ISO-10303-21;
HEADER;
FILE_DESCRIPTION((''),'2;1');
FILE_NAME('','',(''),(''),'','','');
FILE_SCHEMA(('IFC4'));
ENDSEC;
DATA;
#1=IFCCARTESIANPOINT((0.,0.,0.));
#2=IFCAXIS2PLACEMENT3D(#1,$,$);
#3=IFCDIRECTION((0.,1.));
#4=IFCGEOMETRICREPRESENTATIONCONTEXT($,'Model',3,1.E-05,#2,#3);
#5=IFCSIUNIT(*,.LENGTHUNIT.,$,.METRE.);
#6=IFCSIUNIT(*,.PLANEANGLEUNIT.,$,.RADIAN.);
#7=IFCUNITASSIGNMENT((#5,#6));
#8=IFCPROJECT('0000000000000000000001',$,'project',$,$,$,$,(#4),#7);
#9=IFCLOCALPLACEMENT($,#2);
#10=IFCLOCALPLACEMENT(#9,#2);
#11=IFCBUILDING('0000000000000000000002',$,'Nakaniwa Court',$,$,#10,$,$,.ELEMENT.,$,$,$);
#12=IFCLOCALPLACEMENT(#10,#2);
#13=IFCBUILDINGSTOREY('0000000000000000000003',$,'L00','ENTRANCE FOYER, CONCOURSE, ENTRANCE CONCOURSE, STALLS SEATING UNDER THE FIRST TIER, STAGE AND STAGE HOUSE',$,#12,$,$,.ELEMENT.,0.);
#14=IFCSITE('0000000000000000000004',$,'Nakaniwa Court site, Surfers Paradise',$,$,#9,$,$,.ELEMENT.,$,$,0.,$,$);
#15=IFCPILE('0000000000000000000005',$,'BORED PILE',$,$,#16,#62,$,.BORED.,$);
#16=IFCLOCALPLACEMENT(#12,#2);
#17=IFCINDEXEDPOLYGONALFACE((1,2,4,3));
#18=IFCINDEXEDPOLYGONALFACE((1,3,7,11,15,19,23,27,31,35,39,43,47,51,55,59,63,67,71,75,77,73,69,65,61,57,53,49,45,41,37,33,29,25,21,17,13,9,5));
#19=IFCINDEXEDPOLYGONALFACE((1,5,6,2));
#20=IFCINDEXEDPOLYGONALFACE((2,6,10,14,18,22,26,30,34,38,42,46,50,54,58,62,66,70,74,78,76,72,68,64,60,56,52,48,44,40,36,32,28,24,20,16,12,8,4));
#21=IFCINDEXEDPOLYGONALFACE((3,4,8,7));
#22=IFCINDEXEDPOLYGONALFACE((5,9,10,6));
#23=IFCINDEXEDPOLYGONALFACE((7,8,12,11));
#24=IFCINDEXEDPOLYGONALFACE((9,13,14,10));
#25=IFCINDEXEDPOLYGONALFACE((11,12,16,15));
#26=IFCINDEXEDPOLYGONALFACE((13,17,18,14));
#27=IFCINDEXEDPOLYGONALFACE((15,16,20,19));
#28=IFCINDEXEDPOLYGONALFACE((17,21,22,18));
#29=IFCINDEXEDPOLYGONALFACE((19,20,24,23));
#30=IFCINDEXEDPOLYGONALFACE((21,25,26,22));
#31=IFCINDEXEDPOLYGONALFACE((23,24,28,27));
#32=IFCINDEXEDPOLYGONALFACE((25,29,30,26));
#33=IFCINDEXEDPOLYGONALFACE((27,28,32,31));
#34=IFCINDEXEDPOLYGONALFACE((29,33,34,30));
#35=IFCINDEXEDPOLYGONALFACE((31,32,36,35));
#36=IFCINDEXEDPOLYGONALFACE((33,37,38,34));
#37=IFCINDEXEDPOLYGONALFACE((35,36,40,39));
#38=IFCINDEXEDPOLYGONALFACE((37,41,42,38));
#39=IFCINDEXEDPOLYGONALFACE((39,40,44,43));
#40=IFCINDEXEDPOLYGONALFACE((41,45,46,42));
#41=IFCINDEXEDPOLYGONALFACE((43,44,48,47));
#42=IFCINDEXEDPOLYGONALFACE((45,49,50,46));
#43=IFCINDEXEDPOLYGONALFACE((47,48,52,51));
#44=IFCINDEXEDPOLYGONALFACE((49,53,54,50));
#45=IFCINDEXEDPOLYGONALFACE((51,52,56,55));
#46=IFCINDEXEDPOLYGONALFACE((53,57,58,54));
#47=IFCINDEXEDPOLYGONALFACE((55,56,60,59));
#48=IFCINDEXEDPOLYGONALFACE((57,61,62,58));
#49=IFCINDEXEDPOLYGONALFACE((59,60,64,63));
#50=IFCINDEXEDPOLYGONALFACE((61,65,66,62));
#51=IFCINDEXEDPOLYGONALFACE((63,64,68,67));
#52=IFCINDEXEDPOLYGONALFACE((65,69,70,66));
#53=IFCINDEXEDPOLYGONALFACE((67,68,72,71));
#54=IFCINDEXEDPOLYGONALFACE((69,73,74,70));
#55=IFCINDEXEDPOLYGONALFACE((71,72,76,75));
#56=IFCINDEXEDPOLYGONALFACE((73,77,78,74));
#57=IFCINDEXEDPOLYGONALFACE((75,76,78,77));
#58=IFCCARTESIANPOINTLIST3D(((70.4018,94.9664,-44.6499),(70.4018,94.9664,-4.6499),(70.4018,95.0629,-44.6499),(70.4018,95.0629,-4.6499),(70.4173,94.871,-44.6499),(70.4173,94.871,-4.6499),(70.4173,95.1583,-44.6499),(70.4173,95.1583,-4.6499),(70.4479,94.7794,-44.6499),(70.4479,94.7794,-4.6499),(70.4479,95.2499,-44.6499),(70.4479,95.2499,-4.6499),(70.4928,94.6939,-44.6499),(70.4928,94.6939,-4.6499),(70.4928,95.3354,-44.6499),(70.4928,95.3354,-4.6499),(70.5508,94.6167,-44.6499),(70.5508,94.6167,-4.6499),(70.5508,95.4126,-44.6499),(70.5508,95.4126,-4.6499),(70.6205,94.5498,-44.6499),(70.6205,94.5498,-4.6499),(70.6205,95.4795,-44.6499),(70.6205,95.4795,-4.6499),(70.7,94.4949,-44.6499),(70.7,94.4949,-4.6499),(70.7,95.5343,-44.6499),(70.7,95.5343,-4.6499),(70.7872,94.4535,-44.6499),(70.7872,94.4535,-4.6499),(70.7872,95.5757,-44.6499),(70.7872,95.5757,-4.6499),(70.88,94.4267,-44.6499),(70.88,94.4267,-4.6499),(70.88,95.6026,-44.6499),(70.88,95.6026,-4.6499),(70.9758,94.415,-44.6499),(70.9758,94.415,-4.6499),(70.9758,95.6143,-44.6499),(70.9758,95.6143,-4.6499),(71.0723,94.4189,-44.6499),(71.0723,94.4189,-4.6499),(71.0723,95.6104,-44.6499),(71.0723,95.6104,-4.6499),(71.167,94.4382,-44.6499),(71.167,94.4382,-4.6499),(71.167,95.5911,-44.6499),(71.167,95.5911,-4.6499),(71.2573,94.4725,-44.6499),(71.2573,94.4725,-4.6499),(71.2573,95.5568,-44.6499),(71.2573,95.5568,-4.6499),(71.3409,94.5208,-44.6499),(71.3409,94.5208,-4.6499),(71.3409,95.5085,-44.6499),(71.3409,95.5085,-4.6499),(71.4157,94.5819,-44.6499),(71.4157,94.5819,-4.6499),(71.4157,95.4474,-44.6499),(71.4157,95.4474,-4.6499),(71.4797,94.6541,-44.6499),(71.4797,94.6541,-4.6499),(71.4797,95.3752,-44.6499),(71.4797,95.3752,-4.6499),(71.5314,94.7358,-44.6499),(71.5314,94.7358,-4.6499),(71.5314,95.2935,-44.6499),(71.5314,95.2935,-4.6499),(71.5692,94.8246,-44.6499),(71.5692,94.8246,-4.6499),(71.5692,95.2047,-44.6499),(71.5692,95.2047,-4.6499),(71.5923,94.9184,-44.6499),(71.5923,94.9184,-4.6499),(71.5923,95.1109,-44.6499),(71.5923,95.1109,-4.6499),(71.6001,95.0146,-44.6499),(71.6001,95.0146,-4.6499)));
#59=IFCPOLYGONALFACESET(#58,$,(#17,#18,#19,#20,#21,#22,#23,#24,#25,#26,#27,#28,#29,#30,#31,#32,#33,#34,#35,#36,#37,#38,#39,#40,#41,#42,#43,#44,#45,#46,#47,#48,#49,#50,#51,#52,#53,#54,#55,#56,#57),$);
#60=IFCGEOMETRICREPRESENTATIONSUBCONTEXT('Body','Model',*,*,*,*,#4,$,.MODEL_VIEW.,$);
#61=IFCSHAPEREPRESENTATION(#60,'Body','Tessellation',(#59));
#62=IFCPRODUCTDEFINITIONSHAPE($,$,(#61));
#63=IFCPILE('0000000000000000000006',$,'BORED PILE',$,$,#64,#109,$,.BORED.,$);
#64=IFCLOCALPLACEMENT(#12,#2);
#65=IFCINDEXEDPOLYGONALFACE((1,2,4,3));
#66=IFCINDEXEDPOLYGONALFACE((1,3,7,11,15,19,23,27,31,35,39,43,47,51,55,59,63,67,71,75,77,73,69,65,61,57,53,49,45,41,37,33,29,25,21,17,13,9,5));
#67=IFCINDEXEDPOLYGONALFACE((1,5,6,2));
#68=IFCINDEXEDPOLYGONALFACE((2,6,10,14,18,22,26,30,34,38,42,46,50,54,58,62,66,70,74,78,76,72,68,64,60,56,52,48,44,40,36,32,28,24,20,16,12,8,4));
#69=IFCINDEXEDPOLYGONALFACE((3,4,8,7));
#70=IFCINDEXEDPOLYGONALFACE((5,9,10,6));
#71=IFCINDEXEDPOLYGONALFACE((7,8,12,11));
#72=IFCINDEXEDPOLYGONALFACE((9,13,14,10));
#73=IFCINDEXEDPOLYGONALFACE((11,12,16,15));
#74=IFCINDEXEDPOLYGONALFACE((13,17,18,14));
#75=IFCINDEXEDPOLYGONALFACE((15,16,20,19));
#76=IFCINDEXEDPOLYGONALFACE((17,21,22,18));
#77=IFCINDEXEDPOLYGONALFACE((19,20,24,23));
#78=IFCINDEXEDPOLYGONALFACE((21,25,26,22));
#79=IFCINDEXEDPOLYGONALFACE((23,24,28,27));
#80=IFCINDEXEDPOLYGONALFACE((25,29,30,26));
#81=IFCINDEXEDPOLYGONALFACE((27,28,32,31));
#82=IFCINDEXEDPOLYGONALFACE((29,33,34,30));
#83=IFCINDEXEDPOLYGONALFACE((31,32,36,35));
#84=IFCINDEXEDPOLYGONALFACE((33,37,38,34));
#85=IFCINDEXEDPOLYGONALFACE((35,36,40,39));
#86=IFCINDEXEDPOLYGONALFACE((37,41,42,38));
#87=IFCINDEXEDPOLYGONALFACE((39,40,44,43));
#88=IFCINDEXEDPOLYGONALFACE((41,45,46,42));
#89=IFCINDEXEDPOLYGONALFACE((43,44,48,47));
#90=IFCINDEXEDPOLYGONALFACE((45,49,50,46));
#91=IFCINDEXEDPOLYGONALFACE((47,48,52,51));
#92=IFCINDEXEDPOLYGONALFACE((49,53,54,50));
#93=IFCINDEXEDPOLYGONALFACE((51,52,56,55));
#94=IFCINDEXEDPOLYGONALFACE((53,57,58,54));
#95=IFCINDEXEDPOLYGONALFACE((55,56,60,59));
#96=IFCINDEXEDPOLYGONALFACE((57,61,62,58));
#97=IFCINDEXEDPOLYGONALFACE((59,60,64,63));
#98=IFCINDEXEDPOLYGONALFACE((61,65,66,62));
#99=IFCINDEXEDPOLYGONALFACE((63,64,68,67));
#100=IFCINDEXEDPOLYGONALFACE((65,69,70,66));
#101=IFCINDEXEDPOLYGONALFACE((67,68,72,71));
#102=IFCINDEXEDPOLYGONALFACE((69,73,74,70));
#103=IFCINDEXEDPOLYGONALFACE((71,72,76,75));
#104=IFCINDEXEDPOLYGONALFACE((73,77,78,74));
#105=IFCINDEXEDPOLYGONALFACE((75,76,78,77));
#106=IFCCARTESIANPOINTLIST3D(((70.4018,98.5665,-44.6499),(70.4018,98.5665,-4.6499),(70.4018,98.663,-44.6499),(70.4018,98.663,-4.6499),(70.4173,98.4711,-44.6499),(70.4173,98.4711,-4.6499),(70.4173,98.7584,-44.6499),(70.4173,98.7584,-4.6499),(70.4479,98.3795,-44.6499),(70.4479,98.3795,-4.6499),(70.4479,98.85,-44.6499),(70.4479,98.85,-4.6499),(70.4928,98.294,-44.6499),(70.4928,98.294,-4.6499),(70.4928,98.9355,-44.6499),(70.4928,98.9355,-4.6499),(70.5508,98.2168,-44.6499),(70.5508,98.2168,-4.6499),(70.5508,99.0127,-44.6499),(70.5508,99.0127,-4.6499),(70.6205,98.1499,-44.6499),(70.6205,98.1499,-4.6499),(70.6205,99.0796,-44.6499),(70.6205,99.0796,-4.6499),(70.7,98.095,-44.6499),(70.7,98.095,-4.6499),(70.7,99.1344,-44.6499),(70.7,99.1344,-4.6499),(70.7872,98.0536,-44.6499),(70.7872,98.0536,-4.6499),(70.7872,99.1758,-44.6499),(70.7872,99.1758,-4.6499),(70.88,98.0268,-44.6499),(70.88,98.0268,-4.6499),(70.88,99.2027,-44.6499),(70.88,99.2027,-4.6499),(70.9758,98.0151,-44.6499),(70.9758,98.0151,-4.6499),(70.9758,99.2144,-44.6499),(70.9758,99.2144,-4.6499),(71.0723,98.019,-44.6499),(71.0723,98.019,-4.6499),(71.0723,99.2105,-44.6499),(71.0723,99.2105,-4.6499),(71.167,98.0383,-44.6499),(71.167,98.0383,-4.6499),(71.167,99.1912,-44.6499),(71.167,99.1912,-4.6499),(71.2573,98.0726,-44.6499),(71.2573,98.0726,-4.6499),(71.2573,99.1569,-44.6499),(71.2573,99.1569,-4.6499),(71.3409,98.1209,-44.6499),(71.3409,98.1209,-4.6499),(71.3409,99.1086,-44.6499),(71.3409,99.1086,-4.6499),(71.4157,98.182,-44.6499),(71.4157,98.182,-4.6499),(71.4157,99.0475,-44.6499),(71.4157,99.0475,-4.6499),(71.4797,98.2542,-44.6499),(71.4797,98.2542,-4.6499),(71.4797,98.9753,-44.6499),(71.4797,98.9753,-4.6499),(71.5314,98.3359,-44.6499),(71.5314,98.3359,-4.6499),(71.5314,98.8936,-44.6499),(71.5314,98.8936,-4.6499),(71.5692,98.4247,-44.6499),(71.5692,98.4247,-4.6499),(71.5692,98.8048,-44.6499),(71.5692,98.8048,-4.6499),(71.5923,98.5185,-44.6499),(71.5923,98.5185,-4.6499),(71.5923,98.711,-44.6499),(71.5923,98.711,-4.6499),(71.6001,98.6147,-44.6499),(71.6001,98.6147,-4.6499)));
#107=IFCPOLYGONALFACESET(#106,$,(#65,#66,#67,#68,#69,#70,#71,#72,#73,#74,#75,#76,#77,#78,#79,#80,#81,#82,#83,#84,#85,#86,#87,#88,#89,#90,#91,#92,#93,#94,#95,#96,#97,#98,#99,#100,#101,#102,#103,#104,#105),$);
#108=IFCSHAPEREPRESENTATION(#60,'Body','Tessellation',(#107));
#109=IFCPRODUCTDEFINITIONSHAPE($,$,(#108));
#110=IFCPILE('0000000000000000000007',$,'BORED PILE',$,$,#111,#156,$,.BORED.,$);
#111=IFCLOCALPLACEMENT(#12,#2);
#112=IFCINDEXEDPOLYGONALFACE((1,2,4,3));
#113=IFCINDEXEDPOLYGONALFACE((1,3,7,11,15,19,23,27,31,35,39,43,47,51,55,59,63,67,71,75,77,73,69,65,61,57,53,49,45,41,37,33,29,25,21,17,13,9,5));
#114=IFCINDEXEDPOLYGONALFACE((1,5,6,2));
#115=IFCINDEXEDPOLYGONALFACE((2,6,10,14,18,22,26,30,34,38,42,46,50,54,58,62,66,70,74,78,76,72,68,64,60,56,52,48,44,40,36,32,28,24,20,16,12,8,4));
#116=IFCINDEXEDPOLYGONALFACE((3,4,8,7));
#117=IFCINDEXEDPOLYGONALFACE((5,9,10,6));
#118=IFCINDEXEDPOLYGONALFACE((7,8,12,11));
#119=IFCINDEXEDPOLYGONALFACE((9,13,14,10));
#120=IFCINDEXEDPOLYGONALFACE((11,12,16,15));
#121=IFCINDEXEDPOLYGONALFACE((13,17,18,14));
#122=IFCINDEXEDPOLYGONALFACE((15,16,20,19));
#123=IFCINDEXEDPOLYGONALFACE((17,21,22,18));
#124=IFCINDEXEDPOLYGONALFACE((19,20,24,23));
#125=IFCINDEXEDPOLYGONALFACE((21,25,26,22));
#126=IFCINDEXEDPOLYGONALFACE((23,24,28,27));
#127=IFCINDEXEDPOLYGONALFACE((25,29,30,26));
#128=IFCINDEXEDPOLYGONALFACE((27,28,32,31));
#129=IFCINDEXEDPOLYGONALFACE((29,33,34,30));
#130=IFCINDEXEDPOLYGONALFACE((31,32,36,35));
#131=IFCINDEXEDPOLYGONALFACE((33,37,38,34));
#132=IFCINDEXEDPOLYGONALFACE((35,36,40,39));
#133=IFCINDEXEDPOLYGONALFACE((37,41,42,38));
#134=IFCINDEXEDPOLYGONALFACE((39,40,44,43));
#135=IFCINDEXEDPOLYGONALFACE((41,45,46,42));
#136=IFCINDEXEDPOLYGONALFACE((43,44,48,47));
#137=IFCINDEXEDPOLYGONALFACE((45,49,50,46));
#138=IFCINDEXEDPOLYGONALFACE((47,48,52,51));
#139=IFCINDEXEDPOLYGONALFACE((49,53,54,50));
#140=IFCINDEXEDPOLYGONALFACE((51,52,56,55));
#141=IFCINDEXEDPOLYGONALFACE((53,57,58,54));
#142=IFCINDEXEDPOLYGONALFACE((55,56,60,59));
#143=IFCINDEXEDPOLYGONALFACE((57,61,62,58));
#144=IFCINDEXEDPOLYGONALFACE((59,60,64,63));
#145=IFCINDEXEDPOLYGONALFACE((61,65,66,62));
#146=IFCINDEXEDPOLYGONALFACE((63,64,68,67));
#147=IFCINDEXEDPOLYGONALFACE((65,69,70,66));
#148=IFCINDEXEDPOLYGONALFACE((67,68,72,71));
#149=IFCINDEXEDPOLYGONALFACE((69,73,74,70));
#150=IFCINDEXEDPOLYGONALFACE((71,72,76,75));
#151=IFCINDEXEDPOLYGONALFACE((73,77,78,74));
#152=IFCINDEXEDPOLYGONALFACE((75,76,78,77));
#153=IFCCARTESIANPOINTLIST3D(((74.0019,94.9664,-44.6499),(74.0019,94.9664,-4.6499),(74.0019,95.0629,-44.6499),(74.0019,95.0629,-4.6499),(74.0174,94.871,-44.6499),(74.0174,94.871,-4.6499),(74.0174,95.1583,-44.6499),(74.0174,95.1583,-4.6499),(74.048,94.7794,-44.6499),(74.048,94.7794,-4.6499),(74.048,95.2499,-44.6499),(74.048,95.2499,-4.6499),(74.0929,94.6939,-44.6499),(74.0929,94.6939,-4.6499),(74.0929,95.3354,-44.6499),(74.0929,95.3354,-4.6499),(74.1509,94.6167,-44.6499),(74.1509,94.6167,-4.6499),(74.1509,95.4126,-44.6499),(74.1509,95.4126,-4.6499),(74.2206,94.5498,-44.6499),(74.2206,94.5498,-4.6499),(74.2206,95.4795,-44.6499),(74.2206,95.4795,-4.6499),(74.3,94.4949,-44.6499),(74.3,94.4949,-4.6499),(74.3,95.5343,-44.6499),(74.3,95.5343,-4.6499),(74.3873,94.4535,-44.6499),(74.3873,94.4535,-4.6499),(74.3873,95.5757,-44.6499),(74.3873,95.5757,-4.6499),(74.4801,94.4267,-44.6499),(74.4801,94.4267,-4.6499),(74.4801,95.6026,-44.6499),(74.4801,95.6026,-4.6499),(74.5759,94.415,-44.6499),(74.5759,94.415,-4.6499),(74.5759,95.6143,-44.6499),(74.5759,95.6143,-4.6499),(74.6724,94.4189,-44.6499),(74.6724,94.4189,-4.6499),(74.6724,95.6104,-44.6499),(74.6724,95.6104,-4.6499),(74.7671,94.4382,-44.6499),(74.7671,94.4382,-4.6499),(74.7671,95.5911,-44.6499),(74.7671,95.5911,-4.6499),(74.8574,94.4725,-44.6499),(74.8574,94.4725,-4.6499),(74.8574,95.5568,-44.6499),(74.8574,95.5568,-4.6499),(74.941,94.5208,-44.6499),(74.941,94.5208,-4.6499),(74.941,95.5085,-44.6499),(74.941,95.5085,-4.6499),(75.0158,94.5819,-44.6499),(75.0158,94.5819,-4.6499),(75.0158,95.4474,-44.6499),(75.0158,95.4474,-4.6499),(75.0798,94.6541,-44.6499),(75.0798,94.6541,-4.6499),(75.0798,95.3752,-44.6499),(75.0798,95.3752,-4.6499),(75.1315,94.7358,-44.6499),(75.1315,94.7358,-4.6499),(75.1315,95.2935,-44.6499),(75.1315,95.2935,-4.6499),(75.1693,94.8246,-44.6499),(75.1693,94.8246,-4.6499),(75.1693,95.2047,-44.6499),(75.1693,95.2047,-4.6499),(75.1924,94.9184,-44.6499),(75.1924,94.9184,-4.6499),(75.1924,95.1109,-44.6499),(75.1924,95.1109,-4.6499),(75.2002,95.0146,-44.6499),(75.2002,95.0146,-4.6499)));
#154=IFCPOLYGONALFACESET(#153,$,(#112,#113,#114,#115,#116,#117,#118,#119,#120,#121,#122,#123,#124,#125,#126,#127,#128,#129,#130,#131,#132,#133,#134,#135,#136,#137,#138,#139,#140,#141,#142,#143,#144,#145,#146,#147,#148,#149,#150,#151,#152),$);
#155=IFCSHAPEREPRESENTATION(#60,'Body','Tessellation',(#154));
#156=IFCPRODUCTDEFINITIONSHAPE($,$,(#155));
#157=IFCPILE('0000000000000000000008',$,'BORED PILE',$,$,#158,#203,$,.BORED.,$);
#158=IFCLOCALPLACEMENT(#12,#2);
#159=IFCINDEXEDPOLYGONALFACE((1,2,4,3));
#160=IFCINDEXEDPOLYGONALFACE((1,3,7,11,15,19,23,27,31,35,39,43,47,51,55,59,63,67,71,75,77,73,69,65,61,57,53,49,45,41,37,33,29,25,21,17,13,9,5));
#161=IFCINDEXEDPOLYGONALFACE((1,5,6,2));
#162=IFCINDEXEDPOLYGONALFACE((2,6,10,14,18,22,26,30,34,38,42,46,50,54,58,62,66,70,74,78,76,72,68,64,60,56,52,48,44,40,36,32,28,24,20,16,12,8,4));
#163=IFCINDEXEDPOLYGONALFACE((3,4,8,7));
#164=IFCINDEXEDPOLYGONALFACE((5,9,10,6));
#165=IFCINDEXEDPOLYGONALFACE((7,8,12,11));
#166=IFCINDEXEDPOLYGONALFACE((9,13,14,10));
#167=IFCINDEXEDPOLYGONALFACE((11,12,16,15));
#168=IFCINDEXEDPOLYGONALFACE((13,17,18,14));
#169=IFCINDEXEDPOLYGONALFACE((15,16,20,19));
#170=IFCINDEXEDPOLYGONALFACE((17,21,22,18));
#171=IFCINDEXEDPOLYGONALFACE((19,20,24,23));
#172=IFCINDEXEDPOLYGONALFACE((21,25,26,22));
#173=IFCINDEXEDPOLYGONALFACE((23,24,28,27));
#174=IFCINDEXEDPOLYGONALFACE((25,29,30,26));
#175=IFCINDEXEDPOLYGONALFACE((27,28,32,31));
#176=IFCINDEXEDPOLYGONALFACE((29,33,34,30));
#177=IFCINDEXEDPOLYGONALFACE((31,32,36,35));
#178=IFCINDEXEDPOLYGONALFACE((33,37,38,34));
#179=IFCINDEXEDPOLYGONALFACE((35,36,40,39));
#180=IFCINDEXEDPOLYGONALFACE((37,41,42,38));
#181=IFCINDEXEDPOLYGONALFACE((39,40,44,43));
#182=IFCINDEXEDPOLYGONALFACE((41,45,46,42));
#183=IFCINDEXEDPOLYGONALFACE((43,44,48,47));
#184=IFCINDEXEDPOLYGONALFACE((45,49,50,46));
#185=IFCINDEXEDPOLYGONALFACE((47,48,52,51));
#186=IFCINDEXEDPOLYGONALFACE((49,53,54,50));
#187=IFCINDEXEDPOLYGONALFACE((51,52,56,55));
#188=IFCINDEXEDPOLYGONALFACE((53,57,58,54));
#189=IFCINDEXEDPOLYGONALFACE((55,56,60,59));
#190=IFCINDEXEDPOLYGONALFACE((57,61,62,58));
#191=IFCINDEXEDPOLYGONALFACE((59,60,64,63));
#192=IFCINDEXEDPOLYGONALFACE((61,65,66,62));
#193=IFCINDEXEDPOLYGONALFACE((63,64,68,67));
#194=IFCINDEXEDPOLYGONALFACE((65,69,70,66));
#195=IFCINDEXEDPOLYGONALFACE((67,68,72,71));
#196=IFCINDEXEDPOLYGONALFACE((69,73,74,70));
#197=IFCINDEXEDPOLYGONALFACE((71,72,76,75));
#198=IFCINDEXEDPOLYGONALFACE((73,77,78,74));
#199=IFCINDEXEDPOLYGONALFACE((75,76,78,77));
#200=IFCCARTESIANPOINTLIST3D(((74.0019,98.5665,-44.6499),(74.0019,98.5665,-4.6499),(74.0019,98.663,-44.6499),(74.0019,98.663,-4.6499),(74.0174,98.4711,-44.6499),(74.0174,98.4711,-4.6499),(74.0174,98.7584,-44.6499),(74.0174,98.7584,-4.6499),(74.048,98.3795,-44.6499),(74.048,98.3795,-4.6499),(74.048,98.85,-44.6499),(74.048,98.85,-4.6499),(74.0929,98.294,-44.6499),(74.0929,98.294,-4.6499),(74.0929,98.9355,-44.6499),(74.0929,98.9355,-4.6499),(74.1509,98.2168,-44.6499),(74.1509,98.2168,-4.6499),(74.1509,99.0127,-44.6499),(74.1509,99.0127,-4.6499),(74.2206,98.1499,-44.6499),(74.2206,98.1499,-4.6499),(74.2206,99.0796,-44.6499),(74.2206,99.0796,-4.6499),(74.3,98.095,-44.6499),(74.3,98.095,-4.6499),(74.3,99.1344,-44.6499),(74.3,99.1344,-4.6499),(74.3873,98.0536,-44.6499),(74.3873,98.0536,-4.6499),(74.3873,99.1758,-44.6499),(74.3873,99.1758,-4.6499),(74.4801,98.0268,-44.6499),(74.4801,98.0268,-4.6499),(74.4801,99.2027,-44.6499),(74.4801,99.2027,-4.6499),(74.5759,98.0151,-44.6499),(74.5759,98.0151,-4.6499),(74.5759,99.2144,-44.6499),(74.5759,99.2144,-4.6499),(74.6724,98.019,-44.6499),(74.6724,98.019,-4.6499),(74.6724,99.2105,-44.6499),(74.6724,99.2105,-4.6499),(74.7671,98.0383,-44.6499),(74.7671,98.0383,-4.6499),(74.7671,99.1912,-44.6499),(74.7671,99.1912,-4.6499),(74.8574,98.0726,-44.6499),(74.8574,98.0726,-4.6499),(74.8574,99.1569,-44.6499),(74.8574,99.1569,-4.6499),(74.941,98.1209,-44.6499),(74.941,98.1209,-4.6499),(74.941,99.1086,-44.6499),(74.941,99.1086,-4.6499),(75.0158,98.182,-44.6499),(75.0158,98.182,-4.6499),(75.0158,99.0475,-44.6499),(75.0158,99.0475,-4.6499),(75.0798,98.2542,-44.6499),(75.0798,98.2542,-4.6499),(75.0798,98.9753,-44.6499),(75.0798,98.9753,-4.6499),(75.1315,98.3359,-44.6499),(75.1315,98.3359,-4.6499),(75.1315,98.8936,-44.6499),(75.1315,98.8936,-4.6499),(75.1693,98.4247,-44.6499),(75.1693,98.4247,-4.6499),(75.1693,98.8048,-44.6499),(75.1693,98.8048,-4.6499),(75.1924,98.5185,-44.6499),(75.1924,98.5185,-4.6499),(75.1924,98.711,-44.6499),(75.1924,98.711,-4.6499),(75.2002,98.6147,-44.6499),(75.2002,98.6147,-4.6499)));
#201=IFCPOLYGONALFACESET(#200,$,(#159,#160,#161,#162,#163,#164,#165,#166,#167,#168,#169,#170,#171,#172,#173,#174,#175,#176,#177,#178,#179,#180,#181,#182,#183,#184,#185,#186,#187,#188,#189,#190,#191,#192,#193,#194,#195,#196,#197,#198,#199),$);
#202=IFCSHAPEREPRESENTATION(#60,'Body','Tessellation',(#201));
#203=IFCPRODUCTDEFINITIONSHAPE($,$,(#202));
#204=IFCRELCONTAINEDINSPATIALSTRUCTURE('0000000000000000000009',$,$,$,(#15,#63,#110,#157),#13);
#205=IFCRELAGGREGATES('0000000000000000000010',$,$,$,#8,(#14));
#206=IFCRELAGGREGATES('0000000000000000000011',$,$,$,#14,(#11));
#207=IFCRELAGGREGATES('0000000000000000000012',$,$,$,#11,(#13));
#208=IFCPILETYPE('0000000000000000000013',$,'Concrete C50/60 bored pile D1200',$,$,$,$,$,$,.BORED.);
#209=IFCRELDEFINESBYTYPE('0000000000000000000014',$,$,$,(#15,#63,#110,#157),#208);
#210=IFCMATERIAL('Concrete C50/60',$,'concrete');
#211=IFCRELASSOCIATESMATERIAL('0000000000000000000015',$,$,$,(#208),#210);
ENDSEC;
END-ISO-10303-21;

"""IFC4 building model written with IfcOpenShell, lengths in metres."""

from ifc_helpers import new_model, si_unit, direction, frame, origin, origin_2d, place, context, subcontext, project, spatial, circle, extrude, material, material_profile, profile_set, type_object, element, save


model = new_model("IFC4")

# Units and contexts
model_context = context("Model", 3, precision=1e-05, world=origin(), true_north=direction((0.0, 1.0)))
body_context = subcontext(model_context, "Body", "Model", "MODEL_VIEW")
ifc_project = project(units=[si_unit("LENGTHUNIT", "METRE"), si_unit("PLANEANGLEUNIT", "RADIAN")], contexts=[model_context])

# Site, building, storey
site_placement = place(None, origin())
site = spatial("IfcSite", under=ifc_project, at=site_placement, Name="Nakaniwa Court site, Surfers Paradise", CompositionType="ELEMENT", RefElevation=0.0)
building_placement = place(site_placement, origin())
building = spatial("IfcBuilding", under=site, at=building_placement, Name="Nakaniwa Court", CompositionType="ELEMENT")
storey_placement = place(building_placement, origin())
storey = spatial("IfcBuildingStorey", under=building, at=storey_placement, Name="L00", Description="ENTRANCE FOYER, CONCOURSE, ENTRANCE CONCOURSE, STALLS SEATING UNDER THE FIRST TIER, STAGE AND STAGE HOUSE", CompositionType="ELEMENT", Elevation=0.0)

# Piles
ifc_material_1 = material(Name="Concrete C50/60", Category="concrete")
ifc_material_profile = material_profile(ifc_material_1, circle(Radius=0.6001, at=origin_2d()), Name="Concrete C50/60 bored pile D1200")
ifc_profile_set = profile_set([ifc_material_profile], Name="Concrete C50/60")
pile_type = type_object("IfcPileType", Name="Concrete C50/60 bored pile D1200", PredefinedType="BORED", material=ifc_profile_set)
for number, where, z_axis, x_axis, name in (
    (1, (71.0, 95.0146, -4.6499), (0.0, 0.0, -1.0), (1.0, 0.0, 0.0), "BORED PILE"),
    (2, (71.0, 98.6147, -4.6499), (0.0, 0.0, -1.0), (1.0, 0.0, 0.0), "BORED PILE"),
    (3, (74.6001, 95.0146, -4.6499), (0.0, 0.0, -1.0), (1.0, 0.0, 0.0), "BORED PILE"),
    (4, (74.6001, 98.6147, -4.6499), (0.0, 0.0, -1.0), (1.0, 0.0, 0.0), "BORED PILE"),
):
    element("IfcPile", number, at=place(storey_placement, frame(where, z_axis=z_axis, x_axis=x_axis)), inside=storey, type_object=pile_type, Name=name, PredefinedType="BORED", context=body_context, shape_type="SweptSolid", body=[
        extrude(circle(Radius=0.6001, at=origin_2d()), origin(), (0.0, 0.0, 1.0), 40.0),
    ])

save(model, "model.ifc")
